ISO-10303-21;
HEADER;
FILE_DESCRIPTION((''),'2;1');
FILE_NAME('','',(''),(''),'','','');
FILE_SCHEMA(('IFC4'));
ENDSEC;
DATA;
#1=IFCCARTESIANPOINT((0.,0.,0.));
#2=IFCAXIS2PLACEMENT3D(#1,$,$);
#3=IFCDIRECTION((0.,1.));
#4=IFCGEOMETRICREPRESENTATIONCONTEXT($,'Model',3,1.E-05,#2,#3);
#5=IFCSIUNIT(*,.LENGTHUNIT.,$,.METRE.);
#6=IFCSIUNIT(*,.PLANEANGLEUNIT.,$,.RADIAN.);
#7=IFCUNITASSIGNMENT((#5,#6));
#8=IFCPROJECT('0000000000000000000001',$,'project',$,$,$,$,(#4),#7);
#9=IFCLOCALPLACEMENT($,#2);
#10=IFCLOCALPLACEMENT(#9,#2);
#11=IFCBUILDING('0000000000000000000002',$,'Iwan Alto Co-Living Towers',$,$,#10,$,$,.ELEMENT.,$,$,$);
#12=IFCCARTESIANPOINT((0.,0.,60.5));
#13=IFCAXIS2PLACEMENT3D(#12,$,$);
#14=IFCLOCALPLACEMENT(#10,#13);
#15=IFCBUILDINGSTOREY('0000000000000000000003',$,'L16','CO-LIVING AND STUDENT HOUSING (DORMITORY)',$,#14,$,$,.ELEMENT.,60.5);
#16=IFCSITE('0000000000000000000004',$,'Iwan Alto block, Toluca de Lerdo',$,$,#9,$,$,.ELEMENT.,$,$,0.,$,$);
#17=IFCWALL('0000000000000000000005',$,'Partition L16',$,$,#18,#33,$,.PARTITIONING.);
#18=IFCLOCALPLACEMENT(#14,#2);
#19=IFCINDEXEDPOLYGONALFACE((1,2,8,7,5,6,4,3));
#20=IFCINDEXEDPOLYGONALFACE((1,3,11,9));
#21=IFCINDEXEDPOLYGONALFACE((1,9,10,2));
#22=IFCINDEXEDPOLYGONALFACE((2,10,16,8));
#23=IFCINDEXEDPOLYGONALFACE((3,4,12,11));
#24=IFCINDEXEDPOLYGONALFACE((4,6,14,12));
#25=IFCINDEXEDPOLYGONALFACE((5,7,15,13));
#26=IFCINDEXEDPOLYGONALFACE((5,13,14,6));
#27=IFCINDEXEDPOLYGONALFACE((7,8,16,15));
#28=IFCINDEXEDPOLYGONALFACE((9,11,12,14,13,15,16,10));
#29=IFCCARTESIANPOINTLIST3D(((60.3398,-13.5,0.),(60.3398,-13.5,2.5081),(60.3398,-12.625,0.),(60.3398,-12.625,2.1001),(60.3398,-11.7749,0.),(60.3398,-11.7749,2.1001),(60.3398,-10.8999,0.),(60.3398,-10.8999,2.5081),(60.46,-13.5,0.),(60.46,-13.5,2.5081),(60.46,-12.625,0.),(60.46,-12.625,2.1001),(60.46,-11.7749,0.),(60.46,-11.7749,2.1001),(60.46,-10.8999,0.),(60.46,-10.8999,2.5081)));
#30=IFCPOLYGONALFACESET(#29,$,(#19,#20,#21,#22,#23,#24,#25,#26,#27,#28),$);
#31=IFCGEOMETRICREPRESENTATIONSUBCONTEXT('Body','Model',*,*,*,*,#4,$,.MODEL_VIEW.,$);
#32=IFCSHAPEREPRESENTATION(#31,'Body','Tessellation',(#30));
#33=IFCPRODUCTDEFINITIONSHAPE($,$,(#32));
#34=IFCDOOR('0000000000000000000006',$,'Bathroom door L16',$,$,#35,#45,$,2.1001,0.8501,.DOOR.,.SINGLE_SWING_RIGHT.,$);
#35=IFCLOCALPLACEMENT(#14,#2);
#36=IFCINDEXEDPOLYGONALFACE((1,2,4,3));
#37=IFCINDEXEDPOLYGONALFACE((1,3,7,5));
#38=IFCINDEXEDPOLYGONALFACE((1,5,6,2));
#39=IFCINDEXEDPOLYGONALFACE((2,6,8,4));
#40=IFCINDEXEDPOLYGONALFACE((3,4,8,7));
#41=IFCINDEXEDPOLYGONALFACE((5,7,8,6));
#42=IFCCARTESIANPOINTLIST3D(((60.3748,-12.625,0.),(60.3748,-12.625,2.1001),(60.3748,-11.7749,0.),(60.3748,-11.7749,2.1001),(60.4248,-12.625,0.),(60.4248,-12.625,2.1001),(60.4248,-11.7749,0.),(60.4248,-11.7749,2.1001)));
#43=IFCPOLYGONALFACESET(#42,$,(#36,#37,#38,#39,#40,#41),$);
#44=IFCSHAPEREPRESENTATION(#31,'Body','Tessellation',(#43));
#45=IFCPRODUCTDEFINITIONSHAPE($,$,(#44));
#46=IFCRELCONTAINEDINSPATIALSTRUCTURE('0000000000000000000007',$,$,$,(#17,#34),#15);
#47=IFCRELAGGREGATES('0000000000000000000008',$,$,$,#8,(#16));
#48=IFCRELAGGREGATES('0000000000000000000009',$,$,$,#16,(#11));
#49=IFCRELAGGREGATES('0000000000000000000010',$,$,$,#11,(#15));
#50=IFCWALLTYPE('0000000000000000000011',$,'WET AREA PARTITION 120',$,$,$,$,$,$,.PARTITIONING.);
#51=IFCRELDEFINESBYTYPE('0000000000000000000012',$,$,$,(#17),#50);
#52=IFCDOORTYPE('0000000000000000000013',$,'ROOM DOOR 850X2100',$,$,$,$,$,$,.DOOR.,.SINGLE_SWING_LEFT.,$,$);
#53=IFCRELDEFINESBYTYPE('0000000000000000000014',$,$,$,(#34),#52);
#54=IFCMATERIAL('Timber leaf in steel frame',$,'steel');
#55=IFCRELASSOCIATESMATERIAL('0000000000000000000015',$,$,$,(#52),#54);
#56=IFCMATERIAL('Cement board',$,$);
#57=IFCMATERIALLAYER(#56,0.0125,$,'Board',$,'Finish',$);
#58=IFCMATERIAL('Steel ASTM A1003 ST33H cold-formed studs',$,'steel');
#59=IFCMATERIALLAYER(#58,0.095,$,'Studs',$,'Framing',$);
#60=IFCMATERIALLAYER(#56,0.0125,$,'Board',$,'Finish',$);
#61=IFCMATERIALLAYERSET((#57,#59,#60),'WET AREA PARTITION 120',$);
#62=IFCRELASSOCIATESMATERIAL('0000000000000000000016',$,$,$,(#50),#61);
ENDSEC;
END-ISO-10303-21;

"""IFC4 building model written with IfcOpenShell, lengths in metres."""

from ifc_helpers import new_model, si_unit, direction, frame, frame_2d, origin, place, context, subcontext, project, spatial, rectangle, extrude, material, layer, layer_set, type_object, element, fill, save


model = new_model("IFC4")

# Units and contexts
model_context = context("Model", 3, precision=1e-05, world=origin(), true_north=direction((0.0, 1.0)))
body_context = subcontext(model_context, "Body", "Model", "MODEL_VIEW")
ifc_project = project(units=[si_unit("LENGTHUNIT", "METRE"), si_unit("PLANEANGLEUNIT", "RADIAN")], contexts=[model_context])

# Site, building, storey
site_placement = place(None, origin())
site = spatial("IfcSite", under=ifc_project, at=site_placement, Name="Iwan Alto block, Toluca de Lerdo", CompositionType="ELEMENT", RefElevation=0.0)
building_placement = place(site_placement, origin())
building = spatial("IfcBuilding", under=site, at=building_placement, Name="Iwan Alto Co-Living Towers", CompositionType="ELEMENT")
storey_placement = place(building_placement, frame((0.0, 0.0, 60.5)))
storey = spatial("IfcBuildingStorey", under=building, at=storey_placement, Name="L16", Description="CO-LIVING AND STUDENT HOUSING (DORMITORY)", CompositionType="ELEMENT", Elevation=60.5)

# Shared definitions
ifc_material_1 = material(Name="Steel ASTM A1003 ST33H cold-formed studs", Category="steel")

# Shared definitions
ifc_material_2 = material(Name="Timber leaf in steel frame", Category="steel")
door_type_1 = type_object("IfcDoorType", Name="ROOM DOOR 850X2100", OperationType="SINGLE_SWING_LEFT", PredefinedType="DOOR", material=ifc_material_2)

# Shared definitions
ifc_material_3 = material(Name="Cement board")
ifc_layer_1 = layer(ifc_material_3, 0.0125, Name="Board", Category="Finish")
ifc_layer_2 = layer(ifc_material_1, 0.095, Name="Studs", Category="Framing")
ifc_layer_3 = layer(ifc_material_3, 0.0125, Name="Board", Category="Finish")
ifc_layer_set_1 = layer_set([ifc_layer_1, ifc_layer_2, ifc_layer_3], Name="WET AREA PARTITION 120")
wall_type_1 = type_object("IfcWallType", Name="WET AREA PARTITION 120", PredefinedType="PARTITIONING", material=ifc_layer_set_1)

# Wall, opening, door
wall_1_placement = place(storey_placement, frame((60.3999, -13.5, 0.0), z_axis=(0.0, 0.0, 1.0), x_axis=(0.0, 1.0, 0.0)))
wall_1 = element("IfcWall", 1, at=wall_1_placement, inside=storey, type_object=wall_type_1, Name="Partition L16", PredefinedType="PARTITIONING", context=body_context, shape_type="SweptSolid", body=[
    extrude(rectangle(XDim=2.6001, YDim=0.1201, at=frame_2d((1.3, 0.0))), origin(), (0.0, 0.0, 1.0), 2.5081),
])
opening_1_placement = place(wall_1_placement, frame((0.875, 0.0, 0.0)))
opening_1 = element("IfcOpeningElement", 2, at=opening_1_placement, cuts=wall_1, PredefinedType="OPENING", context=body_context, shape_type="SweptSolid", body=[
    extrude(rectangle(XDim=0.8501, YDim=2.1001, at=frame_2d((0.425, 1.05))), frame((0.0, 0.0701, 0.0), z_axis=(0.0, -1.0, 0.0), x_axis=(1.0, 0.0, 0.0)), (0.0, 0.0, 1.0), 0.1401),
])
door_1_placement = place(opening_1_placement, frame((0.8501, 0.0, 0.0), z_axis=(0.0, 0.0, 1.0), x_axis=(-1.0, 0.0, 0.0)))
door_1 = element("IfcDoor", 3, at=door_1_placement, inside=storey, type_object=door_type_1, Name="Bathroom door L16", OperationType="SINGLE_SWING_RIGHT", OverallHeight=2.1001, OverallWidth=0.8501, PredefinedType="DOOR", context=body_context, shape_type="SweptSolid", body=[
    extrude(rectangle(XDim=0.8501, YDim=2.1001, at=frame_2d((0.425, 1.05))), frame((0.0, 0.0249, 0.0), z_axis=(0.0, -1.0, 0.0), x_axis=(1.0, 0.0, 0.0)), (0.0, 0.0, 1.0), 0.05),
])
fill(opening_1, door_1)

save(model, "model.ifc")
